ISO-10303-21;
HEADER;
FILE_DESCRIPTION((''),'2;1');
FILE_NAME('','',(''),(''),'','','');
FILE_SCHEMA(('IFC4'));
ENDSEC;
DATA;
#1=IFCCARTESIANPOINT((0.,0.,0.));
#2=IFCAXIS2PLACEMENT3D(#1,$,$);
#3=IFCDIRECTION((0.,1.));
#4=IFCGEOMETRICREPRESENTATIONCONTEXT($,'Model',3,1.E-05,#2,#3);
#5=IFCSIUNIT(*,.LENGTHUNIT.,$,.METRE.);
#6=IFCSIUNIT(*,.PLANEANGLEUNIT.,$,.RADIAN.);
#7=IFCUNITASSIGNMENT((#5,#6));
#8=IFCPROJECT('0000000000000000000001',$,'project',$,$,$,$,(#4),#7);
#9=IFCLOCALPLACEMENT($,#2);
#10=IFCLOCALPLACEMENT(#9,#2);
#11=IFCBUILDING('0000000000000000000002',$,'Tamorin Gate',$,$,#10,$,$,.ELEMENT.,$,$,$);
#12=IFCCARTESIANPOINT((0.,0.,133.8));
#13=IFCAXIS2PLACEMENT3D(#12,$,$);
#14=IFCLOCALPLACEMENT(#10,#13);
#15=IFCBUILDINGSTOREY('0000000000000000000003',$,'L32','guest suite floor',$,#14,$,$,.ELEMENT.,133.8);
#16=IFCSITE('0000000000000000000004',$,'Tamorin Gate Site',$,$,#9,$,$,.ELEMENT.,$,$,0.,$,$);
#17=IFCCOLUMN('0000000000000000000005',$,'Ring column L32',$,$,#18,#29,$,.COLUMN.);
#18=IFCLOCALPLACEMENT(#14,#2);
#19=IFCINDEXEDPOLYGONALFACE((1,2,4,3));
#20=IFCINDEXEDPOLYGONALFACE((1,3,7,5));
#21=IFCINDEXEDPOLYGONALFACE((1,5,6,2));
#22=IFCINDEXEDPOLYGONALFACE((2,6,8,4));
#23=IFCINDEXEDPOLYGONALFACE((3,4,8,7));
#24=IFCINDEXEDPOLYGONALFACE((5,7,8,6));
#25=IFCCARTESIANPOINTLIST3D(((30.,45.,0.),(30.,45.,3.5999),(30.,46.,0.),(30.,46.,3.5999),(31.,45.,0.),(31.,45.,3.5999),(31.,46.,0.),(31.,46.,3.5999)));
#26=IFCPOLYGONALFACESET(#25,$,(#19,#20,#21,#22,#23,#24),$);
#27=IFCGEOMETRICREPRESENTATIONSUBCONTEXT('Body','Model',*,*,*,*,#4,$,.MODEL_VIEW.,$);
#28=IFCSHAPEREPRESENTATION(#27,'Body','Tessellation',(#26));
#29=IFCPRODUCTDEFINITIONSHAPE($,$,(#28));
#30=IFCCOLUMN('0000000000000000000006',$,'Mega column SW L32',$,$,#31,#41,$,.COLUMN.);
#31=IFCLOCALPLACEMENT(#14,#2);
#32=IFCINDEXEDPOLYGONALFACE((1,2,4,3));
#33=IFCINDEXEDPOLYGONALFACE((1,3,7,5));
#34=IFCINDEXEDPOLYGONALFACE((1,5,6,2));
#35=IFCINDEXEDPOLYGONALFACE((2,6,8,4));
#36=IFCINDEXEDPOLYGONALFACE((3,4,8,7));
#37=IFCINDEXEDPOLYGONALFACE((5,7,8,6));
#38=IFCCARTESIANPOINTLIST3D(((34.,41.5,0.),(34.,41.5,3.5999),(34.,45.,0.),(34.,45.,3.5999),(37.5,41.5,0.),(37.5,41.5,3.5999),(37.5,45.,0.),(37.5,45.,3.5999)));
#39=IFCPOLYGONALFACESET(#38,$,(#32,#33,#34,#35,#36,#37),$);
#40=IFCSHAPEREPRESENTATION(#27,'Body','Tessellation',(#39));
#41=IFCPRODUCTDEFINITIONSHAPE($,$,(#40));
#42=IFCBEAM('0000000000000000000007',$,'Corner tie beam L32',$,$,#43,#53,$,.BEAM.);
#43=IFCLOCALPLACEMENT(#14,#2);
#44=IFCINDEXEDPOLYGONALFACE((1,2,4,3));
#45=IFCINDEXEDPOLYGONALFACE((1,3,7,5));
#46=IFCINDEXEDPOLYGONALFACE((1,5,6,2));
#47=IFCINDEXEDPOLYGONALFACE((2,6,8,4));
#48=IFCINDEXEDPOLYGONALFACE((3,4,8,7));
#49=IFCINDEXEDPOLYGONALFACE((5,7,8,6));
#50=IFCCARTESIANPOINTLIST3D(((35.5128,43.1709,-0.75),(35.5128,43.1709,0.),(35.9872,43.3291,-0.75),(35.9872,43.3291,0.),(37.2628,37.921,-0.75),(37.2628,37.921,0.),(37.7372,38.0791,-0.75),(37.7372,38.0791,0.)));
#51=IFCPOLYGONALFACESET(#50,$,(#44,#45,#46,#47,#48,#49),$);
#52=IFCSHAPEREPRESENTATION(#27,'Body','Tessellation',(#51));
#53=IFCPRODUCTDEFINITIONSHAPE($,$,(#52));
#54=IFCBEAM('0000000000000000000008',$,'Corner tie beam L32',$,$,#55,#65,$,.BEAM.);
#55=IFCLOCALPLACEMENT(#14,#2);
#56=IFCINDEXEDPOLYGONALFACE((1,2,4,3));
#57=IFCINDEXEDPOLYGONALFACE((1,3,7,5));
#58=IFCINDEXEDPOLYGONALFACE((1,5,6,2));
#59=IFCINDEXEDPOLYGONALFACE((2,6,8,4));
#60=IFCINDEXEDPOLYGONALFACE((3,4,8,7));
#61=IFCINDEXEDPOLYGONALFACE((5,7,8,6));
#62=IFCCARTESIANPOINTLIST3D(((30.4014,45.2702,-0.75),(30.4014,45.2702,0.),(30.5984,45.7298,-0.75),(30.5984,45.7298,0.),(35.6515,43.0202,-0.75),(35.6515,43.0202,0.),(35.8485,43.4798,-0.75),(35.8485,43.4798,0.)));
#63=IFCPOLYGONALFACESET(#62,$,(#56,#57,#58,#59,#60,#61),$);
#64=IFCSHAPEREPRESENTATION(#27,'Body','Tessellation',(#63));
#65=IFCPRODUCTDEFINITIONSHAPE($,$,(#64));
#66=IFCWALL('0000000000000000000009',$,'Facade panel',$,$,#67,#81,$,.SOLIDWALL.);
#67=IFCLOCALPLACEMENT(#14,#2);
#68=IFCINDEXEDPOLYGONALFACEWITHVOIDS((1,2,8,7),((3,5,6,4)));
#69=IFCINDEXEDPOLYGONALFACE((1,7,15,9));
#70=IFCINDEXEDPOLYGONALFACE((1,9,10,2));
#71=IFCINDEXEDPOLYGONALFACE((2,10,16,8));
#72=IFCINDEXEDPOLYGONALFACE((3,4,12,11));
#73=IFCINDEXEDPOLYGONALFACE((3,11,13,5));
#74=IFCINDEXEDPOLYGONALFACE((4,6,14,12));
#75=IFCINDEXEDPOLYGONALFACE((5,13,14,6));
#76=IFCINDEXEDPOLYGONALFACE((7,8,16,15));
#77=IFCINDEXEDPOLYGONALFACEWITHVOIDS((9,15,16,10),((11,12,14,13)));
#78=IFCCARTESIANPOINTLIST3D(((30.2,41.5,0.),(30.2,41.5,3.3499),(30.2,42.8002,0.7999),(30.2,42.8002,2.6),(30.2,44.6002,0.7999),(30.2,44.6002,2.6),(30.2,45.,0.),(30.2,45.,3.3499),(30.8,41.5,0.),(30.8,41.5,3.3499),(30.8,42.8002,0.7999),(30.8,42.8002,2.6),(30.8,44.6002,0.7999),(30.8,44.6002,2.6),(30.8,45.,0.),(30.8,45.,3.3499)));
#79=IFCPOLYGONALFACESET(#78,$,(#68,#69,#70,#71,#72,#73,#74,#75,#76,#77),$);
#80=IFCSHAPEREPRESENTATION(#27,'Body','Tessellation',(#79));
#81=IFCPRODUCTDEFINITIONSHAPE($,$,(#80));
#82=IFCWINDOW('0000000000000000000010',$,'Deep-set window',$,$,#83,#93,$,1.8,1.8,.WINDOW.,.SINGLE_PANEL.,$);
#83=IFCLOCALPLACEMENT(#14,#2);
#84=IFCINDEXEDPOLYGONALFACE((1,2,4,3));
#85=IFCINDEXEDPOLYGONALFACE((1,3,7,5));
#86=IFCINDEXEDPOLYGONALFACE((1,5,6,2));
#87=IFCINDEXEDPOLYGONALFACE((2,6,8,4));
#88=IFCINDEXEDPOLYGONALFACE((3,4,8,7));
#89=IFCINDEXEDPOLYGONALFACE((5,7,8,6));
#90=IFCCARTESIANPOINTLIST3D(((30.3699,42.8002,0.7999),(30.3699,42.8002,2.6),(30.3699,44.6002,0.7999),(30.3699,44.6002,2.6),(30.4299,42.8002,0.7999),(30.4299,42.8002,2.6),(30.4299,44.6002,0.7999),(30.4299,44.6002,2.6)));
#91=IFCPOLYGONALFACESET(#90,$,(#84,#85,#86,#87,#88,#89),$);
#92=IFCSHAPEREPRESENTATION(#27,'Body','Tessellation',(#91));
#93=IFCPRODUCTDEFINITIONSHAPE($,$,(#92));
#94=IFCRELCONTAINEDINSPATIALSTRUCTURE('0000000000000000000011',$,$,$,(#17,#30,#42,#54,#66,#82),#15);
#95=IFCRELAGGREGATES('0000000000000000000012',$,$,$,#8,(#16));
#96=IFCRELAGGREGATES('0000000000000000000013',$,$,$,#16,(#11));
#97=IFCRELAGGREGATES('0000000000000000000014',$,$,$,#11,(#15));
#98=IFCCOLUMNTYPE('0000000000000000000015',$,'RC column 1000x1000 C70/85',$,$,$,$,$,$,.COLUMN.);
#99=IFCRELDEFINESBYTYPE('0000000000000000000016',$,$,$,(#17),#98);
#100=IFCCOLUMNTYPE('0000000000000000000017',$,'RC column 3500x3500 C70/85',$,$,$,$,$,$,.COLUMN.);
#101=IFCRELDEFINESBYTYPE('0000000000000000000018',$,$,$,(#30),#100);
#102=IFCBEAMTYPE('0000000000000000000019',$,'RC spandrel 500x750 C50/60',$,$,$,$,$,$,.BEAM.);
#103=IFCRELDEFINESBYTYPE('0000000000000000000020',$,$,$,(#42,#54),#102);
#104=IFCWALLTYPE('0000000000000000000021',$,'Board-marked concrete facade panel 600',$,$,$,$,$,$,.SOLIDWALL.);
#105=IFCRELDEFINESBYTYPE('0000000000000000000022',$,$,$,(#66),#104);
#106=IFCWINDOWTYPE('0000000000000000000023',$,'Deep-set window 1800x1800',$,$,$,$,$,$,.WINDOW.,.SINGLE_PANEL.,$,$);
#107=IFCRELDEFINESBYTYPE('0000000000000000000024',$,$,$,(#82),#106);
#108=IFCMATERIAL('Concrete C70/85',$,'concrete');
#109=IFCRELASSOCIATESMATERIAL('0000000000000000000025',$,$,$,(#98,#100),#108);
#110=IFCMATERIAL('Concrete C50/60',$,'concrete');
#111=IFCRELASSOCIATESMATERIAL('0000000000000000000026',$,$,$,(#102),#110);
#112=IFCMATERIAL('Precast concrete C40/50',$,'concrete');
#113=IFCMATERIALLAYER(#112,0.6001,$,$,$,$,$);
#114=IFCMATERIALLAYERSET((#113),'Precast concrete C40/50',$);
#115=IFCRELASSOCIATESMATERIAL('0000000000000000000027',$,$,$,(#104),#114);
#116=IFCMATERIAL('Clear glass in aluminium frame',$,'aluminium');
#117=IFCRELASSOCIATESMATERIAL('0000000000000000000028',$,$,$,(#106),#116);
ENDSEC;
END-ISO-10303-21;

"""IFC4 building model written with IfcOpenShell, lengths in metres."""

from ifc_helpers import new_model, si_unit, direction, frame, frame_2d, origin, origin_2d, place, context, subcontext, project, spatial, rectangle, extrude, material, layer, layer_set, material_profile, profile_set, type_object, element, fill, save


model = new_model("IFC4")

# Units and contexts
model_context = context("Model", 3, precision=1e-05, world=origin(), true_north=direction((0.0, 1.0)))
body_context = subcontext(model_context, "Body", "Model", "MODEL_VIEW")
ifc_project = project(units=[si_unit("LENGTHUNIT", "METRE"), si_unit("PLANEANGLEUNIT", "RADIAN")], contexts=[model_context])

# Site, building, storey
site_placement = place(None, origin())
site = spatial("IfcSite", under=ifc_project, at=site_placement, Name="Tamorin Gate Site", CompositionType="ELEMENT", RefElevation=0.0)
building_placement = place(site_placement, origin())
building = spatial("IfcBuilding", under=site, at=building_placement, Name="Tamorin Gate", CompositionType="ELEMENT")
storey_placement = place(building_placement, frame((0.0, 0.0, 133.8)))
storey = spatial("IfcBuildingStorey", under=building, at=storey_placement, Name="L32", Description="guest suite floor", CompositionType="ELEMENT", Elevation=133.8)

# Columns
ifc_material_1 = material(Name="Concrete C70/85", Category="concrete")
ifc_material_profile_1 = material_profile(ifc_material_1, rectangle(XDim=1.0, YDim=1.0, at=origin_2d()), Name="RC 1000x1000")
ifc_profile_set_1 = profile_set([ifc_material_profile_1], Name="Concrete C70/85")
column_type_1 = type_object("IfcColumnType", Name="RC column 1000x1000 C70/85", PredefinedType="COLUMN", material=ifc_profile_set_1)
column_1_placement = place(storey_placement, frame((30.5, 45.5, 0.0), z_axis=(0.0, 0.0, 1.0), x_axis=(1.0, 0.0, 0.0)))
element("IfcColumn", 1, at=column_1_placement, inside=storey, type_object=column_type_1, Name="Ring column L32", PredefinedType="COLUMN", context=body_context, shape_type="SweptSolid", body=[
    extrude(rectangle(XDim=1.0, YDim=1.0, at=origin_2d()), origin(), (0.0, 0.0, 1.0), 3.5999),
])
ifc_material_profile_2 = material_profile(ifc_material_1, rectangle(XDim=3.5, YDim=3.5, at=origin_2d()), Name="RC 3500x3500")
ifc_profile_set_2 = profile_set([ifc_material_profile_2], Name="Concrete C70/85")
column_type_2 = type_object("IfcColumnType", Name="RC column 3500x3500 C70/85", PredefinedType="COLUMN", material=ifc_profile_set_2)
column_2_placement = place(storey_placement, frame((35.75, 43.25, 0.0), z_axis=(0.0, 0.0, 1.0), x_axis=(1.0, 0.0, 0.0)))
element("IfcColumn", 2, at=column_2_placement, inside=storey, type_object=column_type_2, Name="Mega column SW L32", PredefinedType="COLUMN", context=body_context, shape_type="SweptSolid", body=[
    extrude(rectangle(XDim=3.5, YDim=3.5, at=origin_2d()), origin(), (0.0, 0.0, 1.0), 3.5999),
])

# Beams
ifc_material_2 = material(Name="Concrete C50/60", Category="concrete")
ifc_material_profile_3 = material_profile(ifc_material_2, rectangle(XDim=0.5, YDim=0.75, at=origin_2d()), Name="RC 500x750")
ifc_profile_set_3 = profile_set([ifc_material_profile_3], Name="Concrete C50/60")
beam_type = type_object("IfcBeamType", Name="RC spandrel 500x750 C50/60", PredefinedType="BEAM", material=ifc_profile_set_3)
beam_1_placement = place(storey_placement, frame((35.75, 43.25, -0.375), z_axis=(0.316228, -0.948683, 0.0), x_axis=(0.948683, 0.316228, 0.0)))
element("IfcBeam", 3, at=beam_1_placement, inside=storey, type_object=beam_type, Name="Corner tie beam L32", PredefinedType="BEAM", context=body_context, shape_type="SweptSolid", body=[
    extrude(rectangle(XDim=0.5, YDim=0.75, at=origin_2d()), origin(), (0.0, 0.0, 1.0), 5.5339),
])
beam_2_placement = place(storey_placement, frame((35.75, 43.25, -0.375), z_axis=(-0.919145, 0.393919, 0.0), x_axis=(-0.393919, -0.919145, 0.0)))
element("IfcBeam", 4, at=beam_2_placement, inside=storey, type_object=beam_type, Name="Corner tie beam L32", PredefinedType="BEAM", context=body_context, shape_type="SweptSolid", body=[
    extrude(rectangle(XDim=0.5, YDim=0.75, at=origin_2d()), origin(), (0.0, 0.0, 1.0), 5.7119),
])

# Wall, opening, window
ifc_material_3 = material(Name="Precast concrete C40/50", Category="concrete")
ifc_layer_1 = layer(ifc_material_3, 0.6001)
ifc_layer_set_1 = layer_set([ifc_layer_1], Name="Precast concrete C40/50")
wall_type_1 = type_object("IfcWallType", Name="Board-marked concrete facade panel 600", PredefinedType="SOLIDWALL", material=ifc_layer_set_1)
wall_1_placement = place(storey_placement, frame((30.5, 45.0, 0.0), z_axis=(0.0, 0.0, 1.0), x_axis=(0.0, -1.0, 0.0)))
wall_1 = element("IfcWall", 5, at=wall_1_placement, inside=storey, type_object=wall_type_1, Name="Facade panel", PredefinedType="SOLIDWALL", context=body_context, shape_type="SweptSolid", body=[
    extrude(rectangle(XDim=3.5, YDim=0.6001, at=frame_2d((1.75, 0.0))), origin(), (0.0, 0.0, 1.0), 3.3499),
])
opening_1_placement = place(wall_1_placement, frame((0.3999, 0.0, 0.8)))
opening_1 = element("IfcOpeningElement", 6, at=opening_1_placement, cuts=wall_1, PredefinedType="OPENING", context=body_context, shape_type="SweptSolid", body=[
    extrude(rectangle(XDim=1.8, YDim=1.8, at=frame_2d((0.8999, 0.8999))), frame((0.0, 0.3101, 0.0), z_axis=(0.0, -1.0, 0.0), x_axis=(1.0, 0.0, 0.0)), (0.0, 0.0, 1.0), 0.6201),
])
ifc_material_4 = material(Name="Clear glass in aluminium frame", Category="aluminium")
window_type = type_object("IfcWindowType", Name="Deep-set window 1800x1800", PartitioningType="SINGLE_PANEL", PredefinedType="WINDOW", material=ifc_material_4)
window_placement = place(opening_1_placement, origin())
window = element("IfcWindow", 7, at=window_placement, inside=storey, type_object=window_type, Name="Deep-set window", OverallHeight=1.8, OverallWidth=1.8, PartitioningType="SINGLE_PANEL", PredefinedType="WINDOW", context=body_context, shape_type="SweptSolid", body=[
    extrude(rectangle(XDim=1.8, YDim=1.8, at=frame_2d((0.8999, 0.8999))), frame((0.0, -0.0701, 0.0), z_axis=(0.0, -1.0, 0.0), x_axis=(1.0, 0.0, 0.0)), (0.0, 0.0, 1.0), 0.0601),
])
fill(opening_1, window)

save(model, "model.ifc")
